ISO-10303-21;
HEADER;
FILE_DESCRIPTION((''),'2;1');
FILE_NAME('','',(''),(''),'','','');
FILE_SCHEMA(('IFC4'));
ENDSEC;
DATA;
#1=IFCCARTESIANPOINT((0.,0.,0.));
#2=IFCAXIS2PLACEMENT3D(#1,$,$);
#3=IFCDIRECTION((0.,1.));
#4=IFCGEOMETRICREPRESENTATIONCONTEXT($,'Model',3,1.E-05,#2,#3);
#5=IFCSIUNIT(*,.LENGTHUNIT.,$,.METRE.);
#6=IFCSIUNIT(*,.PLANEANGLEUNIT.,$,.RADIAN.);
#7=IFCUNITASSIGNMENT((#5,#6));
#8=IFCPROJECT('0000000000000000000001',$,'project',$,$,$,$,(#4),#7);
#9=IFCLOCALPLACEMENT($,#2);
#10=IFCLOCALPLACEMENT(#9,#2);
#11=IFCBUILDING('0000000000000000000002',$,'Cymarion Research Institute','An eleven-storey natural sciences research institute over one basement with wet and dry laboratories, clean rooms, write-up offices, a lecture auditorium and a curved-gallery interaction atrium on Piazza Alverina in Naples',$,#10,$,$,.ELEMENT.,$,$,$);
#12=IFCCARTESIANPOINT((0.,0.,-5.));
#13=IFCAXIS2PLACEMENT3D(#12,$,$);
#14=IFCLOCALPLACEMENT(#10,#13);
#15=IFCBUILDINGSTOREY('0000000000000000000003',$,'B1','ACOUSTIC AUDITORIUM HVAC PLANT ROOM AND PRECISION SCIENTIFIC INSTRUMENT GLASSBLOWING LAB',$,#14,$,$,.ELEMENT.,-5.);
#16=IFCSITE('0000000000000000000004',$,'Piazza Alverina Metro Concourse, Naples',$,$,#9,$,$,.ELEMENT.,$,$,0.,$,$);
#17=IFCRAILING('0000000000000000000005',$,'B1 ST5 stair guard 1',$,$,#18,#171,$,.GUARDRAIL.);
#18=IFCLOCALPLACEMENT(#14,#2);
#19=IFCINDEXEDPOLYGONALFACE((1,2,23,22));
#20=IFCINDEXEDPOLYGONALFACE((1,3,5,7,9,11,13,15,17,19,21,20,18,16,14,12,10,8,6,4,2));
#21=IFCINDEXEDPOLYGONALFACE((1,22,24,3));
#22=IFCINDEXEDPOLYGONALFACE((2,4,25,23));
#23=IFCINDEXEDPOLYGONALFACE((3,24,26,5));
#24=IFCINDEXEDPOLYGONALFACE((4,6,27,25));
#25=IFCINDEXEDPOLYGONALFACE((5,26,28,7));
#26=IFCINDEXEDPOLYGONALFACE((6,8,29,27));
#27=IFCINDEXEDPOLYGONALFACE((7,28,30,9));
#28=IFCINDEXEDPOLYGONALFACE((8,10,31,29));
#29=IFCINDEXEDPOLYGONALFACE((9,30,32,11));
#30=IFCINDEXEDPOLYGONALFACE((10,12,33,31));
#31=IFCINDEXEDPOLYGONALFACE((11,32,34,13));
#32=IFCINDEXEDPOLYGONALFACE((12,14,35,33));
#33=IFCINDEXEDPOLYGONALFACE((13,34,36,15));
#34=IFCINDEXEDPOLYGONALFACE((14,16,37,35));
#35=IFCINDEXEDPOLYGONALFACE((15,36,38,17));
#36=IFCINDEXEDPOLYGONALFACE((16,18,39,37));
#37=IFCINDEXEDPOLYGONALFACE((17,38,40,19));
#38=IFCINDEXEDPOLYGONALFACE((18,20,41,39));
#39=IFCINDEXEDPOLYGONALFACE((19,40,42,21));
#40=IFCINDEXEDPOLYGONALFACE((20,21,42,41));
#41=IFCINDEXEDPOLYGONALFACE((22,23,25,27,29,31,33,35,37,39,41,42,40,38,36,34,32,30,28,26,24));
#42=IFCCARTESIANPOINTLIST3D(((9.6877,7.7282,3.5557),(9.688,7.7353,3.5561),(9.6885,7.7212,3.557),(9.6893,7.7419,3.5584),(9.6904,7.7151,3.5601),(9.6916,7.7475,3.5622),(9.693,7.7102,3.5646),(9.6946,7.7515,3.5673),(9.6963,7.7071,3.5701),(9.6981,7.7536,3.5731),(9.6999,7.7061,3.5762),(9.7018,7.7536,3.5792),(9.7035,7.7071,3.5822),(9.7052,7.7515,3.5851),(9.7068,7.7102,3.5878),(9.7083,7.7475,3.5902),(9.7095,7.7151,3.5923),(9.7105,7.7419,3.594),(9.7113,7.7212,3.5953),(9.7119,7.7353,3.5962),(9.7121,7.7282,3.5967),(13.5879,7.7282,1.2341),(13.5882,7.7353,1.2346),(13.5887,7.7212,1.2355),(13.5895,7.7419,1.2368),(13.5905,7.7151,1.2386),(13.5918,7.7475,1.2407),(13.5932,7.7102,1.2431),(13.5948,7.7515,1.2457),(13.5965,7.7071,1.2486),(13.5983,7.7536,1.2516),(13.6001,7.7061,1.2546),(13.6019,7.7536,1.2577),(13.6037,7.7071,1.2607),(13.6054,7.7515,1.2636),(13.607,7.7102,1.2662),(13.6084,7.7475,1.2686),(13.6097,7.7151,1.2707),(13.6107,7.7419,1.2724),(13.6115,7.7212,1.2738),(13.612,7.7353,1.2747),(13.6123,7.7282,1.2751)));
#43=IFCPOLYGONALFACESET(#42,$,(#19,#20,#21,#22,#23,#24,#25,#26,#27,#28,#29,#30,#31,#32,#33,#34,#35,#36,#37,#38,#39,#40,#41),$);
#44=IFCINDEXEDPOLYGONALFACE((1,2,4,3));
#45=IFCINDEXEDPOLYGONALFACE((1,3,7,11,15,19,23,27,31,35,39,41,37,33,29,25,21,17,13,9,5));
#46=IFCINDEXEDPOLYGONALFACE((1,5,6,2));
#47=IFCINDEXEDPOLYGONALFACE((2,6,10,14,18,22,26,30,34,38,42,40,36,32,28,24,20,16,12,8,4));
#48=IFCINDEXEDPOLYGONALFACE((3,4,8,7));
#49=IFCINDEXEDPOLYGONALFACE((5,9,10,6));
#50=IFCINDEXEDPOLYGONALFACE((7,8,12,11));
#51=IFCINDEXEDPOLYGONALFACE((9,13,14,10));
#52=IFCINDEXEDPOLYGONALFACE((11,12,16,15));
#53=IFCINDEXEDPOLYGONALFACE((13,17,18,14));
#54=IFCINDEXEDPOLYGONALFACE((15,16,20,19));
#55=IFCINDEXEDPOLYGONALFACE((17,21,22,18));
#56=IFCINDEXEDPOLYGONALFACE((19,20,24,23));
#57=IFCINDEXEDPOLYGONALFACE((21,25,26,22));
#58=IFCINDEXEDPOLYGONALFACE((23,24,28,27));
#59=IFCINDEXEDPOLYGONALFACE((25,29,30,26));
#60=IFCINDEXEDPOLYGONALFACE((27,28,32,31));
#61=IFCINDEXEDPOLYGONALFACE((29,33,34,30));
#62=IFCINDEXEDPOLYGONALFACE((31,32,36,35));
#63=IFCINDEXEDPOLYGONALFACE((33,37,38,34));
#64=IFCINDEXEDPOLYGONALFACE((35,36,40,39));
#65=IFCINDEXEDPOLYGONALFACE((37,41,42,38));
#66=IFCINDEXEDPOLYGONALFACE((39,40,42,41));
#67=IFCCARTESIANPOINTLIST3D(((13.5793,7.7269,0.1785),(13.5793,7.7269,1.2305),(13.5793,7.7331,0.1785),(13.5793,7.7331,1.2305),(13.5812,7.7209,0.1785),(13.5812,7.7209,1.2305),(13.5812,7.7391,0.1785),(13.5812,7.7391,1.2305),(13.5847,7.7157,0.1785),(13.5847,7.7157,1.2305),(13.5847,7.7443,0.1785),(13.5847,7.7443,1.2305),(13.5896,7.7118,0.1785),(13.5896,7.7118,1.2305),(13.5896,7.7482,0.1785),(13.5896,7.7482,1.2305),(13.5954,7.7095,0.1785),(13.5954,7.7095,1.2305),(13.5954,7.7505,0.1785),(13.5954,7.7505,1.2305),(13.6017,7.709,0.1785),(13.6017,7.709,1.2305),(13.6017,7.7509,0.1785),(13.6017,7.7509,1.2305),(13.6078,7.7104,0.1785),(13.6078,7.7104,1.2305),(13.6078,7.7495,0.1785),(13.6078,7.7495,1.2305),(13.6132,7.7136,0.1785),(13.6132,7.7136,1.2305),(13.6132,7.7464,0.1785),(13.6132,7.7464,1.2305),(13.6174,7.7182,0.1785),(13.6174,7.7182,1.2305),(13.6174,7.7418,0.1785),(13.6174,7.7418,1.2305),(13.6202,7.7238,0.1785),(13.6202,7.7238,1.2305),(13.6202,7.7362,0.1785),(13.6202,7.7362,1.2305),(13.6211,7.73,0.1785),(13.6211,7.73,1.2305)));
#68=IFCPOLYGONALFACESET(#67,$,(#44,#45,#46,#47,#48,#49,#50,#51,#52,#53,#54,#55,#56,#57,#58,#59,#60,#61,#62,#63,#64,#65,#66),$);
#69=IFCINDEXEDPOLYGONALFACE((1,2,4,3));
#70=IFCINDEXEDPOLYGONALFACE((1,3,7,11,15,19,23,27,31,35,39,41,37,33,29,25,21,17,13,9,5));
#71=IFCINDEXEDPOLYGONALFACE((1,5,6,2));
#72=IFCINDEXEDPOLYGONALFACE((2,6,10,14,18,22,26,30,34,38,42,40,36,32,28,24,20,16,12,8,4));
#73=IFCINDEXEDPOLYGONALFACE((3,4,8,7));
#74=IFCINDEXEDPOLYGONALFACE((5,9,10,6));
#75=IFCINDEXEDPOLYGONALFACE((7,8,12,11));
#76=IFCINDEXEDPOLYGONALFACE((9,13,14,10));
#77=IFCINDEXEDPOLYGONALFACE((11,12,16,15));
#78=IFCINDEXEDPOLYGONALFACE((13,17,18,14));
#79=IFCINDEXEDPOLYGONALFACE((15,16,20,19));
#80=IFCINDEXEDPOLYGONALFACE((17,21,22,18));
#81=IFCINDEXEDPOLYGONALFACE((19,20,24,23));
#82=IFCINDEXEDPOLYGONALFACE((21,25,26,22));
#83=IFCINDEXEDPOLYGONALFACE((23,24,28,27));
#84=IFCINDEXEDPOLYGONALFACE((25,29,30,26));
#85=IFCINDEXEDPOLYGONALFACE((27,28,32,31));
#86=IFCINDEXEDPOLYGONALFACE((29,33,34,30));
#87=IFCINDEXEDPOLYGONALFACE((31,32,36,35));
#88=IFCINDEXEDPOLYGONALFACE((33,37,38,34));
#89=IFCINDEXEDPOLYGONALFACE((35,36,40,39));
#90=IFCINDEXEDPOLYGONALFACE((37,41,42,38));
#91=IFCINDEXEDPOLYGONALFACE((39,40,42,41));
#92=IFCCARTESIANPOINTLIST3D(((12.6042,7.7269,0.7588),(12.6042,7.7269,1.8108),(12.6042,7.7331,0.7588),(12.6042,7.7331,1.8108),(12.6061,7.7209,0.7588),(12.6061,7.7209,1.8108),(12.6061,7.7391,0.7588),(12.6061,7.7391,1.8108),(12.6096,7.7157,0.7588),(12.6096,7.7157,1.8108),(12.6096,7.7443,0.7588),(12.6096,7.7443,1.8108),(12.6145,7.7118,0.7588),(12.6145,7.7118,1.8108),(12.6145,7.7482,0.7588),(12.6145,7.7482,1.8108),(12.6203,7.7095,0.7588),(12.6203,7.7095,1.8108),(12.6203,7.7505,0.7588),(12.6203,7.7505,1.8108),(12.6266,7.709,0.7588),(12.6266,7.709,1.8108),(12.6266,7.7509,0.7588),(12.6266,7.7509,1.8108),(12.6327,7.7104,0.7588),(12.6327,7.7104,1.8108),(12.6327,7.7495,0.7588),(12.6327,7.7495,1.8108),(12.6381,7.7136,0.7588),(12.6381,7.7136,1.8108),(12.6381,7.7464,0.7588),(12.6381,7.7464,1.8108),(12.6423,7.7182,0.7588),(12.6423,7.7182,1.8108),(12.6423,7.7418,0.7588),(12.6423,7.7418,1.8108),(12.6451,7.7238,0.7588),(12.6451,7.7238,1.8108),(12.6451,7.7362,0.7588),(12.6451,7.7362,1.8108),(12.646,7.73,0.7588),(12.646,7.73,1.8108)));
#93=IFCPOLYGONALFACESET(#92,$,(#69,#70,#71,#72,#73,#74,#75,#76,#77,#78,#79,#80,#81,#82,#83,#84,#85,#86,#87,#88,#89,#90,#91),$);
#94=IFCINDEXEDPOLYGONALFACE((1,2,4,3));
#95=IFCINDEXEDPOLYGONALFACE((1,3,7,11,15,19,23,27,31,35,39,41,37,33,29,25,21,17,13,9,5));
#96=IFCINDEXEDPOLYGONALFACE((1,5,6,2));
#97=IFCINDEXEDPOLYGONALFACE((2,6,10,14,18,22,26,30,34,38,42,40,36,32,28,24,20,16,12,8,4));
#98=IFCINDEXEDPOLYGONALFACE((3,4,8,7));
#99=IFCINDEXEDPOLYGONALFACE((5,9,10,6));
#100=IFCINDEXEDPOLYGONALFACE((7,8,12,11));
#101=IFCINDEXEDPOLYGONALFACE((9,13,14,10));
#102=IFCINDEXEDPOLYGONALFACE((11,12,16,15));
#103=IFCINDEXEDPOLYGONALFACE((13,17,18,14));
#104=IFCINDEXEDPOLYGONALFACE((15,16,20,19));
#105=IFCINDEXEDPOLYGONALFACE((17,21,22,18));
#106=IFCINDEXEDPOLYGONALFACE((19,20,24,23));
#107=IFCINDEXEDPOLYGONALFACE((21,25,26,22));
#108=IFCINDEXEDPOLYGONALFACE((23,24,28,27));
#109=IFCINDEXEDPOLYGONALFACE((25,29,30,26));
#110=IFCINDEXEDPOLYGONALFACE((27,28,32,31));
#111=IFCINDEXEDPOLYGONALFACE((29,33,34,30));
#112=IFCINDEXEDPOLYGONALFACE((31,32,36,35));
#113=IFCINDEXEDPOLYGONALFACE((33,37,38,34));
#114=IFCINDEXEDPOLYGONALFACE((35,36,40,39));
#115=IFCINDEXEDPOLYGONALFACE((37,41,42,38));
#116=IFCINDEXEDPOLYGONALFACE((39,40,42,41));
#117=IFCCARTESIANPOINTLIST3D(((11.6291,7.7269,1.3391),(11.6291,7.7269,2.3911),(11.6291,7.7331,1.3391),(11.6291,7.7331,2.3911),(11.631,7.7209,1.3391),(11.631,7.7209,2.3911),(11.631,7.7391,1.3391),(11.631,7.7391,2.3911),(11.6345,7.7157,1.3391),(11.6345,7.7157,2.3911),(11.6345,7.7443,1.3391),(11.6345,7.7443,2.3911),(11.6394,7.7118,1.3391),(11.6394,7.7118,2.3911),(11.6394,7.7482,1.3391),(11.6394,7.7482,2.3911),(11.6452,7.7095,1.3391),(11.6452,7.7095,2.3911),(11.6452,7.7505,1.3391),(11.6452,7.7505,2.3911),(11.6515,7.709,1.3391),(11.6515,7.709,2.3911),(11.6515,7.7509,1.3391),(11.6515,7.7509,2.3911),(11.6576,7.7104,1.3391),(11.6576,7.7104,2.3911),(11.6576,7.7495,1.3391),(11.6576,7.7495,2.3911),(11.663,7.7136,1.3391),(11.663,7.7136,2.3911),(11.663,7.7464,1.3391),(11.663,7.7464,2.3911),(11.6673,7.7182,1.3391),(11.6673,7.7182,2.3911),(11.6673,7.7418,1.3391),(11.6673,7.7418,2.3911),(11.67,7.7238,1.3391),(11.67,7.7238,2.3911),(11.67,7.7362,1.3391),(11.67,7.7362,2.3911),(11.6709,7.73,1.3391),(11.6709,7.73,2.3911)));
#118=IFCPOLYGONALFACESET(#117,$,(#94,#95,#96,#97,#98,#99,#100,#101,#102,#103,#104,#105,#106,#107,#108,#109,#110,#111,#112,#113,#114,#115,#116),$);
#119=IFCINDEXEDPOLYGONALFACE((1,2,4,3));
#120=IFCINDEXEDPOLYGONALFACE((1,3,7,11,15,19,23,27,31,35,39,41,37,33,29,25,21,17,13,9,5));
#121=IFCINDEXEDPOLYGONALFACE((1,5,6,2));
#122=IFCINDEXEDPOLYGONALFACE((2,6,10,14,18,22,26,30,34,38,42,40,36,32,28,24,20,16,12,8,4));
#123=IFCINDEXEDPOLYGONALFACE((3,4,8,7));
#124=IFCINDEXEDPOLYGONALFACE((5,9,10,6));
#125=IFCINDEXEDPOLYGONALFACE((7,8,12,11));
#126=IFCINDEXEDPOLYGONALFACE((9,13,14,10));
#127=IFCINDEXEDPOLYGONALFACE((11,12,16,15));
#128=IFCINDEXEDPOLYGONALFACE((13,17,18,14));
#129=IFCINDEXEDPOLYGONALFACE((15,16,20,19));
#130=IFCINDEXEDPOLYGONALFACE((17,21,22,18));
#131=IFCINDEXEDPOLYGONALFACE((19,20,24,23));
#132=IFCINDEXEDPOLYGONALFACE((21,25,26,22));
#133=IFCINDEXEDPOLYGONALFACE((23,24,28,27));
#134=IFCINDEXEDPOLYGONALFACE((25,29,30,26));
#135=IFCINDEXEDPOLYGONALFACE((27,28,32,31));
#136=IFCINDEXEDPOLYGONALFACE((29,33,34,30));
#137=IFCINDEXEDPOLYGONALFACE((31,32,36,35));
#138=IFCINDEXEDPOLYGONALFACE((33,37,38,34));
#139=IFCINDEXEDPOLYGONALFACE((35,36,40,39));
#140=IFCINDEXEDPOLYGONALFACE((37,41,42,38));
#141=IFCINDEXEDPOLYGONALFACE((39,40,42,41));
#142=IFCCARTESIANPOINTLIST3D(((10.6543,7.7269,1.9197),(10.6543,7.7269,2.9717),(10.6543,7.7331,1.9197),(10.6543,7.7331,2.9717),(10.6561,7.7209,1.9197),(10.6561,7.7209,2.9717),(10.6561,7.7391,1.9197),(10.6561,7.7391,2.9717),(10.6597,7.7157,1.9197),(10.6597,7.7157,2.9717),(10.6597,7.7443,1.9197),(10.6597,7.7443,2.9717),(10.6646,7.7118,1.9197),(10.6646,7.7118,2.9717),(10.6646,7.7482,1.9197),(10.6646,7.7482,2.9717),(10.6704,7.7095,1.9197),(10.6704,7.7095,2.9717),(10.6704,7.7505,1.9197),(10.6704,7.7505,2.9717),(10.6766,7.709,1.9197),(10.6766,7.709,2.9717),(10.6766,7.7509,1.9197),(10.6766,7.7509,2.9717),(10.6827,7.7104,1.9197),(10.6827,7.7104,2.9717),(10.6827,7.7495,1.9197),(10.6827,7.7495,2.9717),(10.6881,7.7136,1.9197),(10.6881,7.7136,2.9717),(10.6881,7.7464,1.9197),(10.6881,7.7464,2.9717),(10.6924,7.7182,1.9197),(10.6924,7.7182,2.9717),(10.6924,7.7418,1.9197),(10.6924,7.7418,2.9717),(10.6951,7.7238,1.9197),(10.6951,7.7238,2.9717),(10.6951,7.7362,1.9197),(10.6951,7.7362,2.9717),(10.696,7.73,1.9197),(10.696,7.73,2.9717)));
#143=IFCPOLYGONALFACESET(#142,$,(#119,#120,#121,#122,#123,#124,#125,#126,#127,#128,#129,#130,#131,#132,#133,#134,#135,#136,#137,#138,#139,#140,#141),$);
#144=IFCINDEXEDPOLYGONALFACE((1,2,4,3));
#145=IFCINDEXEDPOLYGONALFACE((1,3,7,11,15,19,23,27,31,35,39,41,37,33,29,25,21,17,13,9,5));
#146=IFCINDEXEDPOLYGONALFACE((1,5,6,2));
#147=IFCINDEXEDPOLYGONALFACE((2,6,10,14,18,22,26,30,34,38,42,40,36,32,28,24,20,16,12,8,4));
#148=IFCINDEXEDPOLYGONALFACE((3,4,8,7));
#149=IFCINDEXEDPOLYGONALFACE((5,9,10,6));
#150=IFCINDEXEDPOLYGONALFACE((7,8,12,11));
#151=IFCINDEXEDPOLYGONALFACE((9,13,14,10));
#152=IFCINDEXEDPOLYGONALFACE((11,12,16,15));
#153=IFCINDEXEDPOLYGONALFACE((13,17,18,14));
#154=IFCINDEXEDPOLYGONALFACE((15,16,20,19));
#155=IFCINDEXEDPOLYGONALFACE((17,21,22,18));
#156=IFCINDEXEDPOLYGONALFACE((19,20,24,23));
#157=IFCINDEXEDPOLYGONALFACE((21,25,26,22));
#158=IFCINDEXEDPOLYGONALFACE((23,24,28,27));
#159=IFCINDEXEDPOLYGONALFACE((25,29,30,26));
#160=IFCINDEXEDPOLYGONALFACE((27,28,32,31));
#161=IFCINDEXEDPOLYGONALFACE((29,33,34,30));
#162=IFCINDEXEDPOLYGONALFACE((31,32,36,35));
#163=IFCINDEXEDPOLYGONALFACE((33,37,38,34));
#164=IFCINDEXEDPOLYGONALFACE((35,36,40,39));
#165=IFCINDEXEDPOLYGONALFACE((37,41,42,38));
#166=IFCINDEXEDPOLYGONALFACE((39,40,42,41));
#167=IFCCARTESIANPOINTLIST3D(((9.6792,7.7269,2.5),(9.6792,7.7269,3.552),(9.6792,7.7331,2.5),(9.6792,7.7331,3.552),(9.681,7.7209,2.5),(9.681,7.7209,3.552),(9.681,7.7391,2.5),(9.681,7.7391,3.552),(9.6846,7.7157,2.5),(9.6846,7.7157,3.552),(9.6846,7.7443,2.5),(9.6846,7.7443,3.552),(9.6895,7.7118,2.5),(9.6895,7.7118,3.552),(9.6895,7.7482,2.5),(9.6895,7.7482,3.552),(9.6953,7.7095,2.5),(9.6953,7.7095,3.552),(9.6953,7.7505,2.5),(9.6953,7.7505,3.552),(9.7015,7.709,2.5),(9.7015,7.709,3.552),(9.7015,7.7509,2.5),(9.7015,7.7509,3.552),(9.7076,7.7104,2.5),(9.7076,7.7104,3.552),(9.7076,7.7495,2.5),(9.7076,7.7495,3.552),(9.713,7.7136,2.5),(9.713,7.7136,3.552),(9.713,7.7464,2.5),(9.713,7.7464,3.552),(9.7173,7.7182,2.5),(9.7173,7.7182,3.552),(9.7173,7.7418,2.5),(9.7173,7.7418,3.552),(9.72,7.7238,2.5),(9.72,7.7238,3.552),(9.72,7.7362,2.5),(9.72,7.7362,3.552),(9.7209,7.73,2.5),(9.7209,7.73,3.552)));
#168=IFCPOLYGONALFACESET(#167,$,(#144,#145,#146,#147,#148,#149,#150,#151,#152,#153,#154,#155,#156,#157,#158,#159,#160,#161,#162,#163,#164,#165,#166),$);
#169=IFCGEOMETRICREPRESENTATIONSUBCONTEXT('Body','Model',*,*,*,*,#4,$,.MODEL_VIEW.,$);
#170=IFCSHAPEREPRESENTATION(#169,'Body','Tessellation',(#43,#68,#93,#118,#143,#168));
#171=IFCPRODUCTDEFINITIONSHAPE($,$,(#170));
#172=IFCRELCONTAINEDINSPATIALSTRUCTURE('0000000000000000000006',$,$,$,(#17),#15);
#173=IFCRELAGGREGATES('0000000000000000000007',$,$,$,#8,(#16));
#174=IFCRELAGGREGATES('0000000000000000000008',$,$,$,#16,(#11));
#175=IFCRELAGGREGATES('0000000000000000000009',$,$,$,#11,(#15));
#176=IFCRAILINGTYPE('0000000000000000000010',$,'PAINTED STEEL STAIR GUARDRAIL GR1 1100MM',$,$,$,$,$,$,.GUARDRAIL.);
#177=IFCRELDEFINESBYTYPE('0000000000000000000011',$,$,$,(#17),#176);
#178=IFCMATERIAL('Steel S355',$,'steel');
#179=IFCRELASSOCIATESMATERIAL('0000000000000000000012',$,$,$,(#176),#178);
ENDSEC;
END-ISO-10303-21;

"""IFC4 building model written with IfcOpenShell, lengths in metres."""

from ifc_helpers import new_model, si_unit, direction, frame, origin, origin_2d, place, context, subcontext, project, spatial, circle, extrude, material, type_object, element, save


model = new_model("IFC4")

# Units and contexts
model_context = context("Model", 3, precision=1e-05, world=origin(), true_north=direction((0.0, 1.0)))
body_context = subcontext(model_context, "Body", "Model", "MODEL_VIEW")
ifc_project = project(units=[si_unit("LENGTHUNIT", "METRE"), si_unit("PLANEANGLEUNIT", "RADIAN")], contexts=[model_context])

# Site, building, storey
site_placement = place(None, origin())
site = spatial("IfcSite", under=ifc_project, at=site_placement, Name="Piazza Alverina Metro Concourse, Naples", CompositionType="ELEMENT", RefElevation=0.0)
building_placement = place(site_placement, origin())
building = spatial("IfcBuilding", under=site, at=building_placement, Name="Cymarion Research Institute", Description="An eleven-storey natural sciences research institute over one basement with wet and dry laboratories, clean rooms, write-up offices, a lecture auditorium and a curved-gallery interaction atrium on Piazza Alverina in Naples", CompositionType="ELEMENT")
storey_placement = place(building_placement, frame((0.0, 0.0, -5.0)))
storey = spatial("IfcBuildingStorey", under=building, at=storey_placement, Name="B1", Description="ACOUSTIC AUDITORIUM HVAC PLANT ROOM AND PRECISION SCIENTIFIC INSTRUMENT GLASSBLOWING LAB", CompositionType="ELEMENT", Elevation=-5.0)

# Shared definitions
ifc_material_1 = material(Name="Steel S355", Category="steel")

# Railing
railing_type = type_object("IfcRailingType", Name="PAINTED STEEL STAIR GUARDRAIL GR1 1100MM", PredefinedType="GUARDRAIL", material=ifc_material_1)
railing_1_placement = place(storey_placement, frame((13.6001, 7.73, 0.1785)))
element("IfcRailing", 1, at=railing_1_placement, inside=storey, type_object=railing_type, Name="B1 ST5 stair guard 1", PredefinedType="GUARDRAIL", context=body_context, shape_type="SweptSolid", body=[
    extrude(circle(Radius=0.0239, at=origin_2d()), frame((0.0, 0.0, 1.0762), z_axis=(-0.859291, 0.0, 0.511487), x_axis=(0.0, -1.0, 0.0)), (0.0, 0.0, 1.0), 4.5388),
    extrude(circle(Radius=0.021, at=origin_2d()), origin(), (0.0, 0.0, 1.0), 1.052),
    extrude(circle(Radius=0.021, at=origin_2d()), frame((-0.9751, 0.0, 0.5803)), (0.0, 0.0, 1.0), 1.052),
    extrude(circle(Radius=0.021, at=origin_2d()), frame((-1.9502, 0.0, 1.1606)), (0.0, 0.0, 1.0), 1.052),
    extrude(circle(Radius=0.021, at=origin_2d()), frame((-2.925, 0.0, 1.7412)), (0.0, 0.0, 1.0), 1.052),
    extrude(circle(Radius=0.021, at=origin_2d()), frame((-3.9001, 0.0, 2.3215)), (0.0, 0.0, 1.0), 1.052),
])

save(model, "model.ifc")
